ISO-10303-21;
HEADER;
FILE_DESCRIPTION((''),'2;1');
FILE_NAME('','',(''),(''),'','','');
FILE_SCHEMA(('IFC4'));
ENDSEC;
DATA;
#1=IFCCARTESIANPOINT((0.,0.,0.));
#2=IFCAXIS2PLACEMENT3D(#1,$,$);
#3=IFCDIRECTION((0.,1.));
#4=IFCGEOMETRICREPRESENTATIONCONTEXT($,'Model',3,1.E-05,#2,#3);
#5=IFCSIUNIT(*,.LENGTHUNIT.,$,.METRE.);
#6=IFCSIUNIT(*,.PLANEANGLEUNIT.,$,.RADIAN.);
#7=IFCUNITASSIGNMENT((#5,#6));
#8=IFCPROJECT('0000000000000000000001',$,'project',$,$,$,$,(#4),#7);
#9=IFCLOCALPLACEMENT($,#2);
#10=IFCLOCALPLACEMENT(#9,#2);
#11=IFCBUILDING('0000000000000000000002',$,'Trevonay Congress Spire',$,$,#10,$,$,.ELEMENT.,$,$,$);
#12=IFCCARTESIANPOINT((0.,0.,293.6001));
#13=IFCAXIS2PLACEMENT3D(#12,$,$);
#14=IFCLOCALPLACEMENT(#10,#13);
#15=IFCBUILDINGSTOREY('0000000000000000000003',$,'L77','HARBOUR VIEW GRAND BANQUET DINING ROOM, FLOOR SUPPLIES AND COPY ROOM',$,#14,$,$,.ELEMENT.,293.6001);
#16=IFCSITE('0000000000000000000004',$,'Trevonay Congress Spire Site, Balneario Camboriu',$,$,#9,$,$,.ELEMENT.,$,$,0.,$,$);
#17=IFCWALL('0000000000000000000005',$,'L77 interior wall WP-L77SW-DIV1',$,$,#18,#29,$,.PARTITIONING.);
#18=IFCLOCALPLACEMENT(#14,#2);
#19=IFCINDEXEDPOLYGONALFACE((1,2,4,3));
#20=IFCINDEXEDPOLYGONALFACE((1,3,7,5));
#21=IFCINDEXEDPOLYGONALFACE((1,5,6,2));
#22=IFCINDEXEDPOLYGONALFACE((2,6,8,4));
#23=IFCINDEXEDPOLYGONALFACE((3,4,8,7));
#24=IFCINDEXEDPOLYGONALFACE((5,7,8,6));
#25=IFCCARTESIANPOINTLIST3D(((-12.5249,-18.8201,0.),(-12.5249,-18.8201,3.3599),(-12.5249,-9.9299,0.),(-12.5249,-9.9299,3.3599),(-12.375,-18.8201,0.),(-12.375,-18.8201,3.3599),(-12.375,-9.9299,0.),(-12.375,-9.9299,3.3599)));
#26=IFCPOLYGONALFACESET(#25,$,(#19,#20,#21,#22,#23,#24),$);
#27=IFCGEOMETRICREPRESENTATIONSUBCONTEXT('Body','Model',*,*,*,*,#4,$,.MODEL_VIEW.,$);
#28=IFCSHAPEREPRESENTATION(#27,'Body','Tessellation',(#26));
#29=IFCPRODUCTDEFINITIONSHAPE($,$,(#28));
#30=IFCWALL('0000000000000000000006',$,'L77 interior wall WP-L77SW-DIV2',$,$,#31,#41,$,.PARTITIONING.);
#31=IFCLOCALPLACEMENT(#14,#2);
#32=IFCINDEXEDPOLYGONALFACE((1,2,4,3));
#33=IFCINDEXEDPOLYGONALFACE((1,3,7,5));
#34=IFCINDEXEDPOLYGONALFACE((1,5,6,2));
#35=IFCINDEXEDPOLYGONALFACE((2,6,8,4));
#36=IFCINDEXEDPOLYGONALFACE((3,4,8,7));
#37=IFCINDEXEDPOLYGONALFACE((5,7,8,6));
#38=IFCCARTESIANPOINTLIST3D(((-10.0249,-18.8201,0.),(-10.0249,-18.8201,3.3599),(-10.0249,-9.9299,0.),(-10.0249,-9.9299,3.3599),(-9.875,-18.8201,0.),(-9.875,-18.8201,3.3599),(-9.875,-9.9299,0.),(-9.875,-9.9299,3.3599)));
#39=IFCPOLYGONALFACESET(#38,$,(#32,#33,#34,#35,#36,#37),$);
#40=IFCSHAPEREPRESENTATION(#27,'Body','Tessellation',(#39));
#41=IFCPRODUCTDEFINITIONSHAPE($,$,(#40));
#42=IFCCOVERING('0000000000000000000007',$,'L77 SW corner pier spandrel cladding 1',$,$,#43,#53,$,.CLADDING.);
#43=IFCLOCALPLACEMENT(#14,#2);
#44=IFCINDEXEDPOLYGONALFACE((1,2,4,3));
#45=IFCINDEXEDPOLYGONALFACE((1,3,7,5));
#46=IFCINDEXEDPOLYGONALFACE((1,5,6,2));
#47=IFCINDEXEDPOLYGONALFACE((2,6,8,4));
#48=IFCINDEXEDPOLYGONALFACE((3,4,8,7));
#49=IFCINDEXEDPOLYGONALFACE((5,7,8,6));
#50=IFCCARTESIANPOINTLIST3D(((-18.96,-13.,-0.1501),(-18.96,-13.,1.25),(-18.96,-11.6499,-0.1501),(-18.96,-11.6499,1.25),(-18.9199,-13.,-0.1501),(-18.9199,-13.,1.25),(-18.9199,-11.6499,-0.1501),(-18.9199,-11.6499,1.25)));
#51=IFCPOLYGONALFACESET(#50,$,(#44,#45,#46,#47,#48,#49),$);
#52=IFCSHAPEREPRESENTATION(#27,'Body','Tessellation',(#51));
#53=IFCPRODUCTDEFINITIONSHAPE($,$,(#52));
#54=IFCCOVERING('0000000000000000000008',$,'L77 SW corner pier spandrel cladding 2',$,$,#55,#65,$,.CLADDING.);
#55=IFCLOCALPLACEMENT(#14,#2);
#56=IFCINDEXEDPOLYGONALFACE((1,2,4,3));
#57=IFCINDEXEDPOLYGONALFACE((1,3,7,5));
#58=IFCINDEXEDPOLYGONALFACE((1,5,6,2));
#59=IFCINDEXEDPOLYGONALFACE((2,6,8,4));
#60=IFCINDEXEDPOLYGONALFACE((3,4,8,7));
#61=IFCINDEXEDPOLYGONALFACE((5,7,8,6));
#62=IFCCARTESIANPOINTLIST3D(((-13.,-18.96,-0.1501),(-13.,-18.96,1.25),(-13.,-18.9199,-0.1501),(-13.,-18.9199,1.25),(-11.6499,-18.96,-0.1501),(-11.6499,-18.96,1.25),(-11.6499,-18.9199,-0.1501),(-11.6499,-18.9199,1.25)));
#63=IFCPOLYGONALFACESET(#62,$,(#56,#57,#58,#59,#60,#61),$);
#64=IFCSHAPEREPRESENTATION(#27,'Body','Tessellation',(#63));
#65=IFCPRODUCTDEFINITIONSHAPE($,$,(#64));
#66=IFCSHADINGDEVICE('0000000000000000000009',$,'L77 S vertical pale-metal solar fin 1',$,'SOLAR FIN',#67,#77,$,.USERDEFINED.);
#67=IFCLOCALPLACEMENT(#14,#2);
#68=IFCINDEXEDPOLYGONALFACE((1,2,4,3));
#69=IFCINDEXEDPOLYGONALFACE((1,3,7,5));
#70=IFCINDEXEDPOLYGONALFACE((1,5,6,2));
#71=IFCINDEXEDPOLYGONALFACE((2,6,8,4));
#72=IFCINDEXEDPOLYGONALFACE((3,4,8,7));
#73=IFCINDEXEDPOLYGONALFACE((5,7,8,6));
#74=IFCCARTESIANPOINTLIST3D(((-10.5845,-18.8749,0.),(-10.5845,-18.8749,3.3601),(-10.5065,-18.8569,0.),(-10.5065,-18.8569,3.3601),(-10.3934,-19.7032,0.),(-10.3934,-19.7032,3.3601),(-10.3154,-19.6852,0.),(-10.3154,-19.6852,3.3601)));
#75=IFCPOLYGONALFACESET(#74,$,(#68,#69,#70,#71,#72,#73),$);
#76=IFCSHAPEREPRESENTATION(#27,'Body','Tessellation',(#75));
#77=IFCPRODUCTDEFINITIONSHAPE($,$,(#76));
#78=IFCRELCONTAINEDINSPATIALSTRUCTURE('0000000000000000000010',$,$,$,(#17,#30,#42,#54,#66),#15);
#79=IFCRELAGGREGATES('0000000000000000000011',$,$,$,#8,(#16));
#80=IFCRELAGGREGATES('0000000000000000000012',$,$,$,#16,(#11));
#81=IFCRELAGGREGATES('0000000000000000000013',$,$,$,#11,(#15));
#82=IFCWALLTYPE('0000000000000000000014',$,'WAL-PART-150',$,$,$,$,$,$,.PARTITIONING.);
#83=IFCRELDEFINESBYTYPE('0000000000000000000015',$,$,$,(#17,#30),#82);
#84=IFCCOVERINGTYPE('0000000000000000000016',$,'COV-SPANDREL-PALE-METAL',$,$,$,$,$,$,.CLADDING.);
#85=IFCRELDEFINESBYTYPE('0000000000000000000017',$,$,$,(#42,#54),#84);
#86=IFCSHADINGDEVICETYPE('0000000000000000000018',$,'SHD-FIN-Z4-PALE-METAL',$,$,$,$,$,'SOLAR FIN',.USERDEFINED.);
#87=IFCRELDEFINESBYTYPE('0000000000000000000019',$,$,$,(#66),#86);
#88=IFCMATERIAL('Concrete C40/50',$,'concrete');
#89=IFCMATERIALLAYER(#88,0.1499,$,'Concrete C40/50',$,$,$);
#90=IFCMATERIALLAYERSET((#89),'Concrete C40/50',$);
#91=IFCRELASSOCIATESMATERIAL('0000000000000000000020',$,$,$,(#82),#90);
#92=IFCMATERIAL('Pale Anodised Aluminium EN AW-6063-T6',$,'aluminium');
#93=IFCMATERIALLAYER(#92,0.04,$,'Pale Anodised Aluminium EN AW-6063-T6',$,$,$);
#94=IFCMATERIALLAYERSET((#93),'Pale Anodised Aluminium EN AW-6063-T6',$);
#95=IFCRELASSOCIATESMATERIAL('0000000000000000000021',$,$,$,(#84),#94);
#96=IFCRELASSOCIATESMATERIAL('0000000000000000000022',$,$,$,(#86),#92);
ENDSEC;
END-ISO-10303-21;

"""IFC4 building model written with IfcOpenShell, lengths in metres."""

from ifc_helpers import new_model, si_unit, direction, frame, frame_2d, origin, origin_2d, place, context, subcontext, project, spatial, rectangle, extrude, material, layer, layer_set, type_object, element, save


model = new_model("IFC4")

# Units and contexts
model_context = context("Model", 3, precision=1e-05, world=origin(), true_north=direction((0.0, 1.0)))
body_context = subcontext(model_context, "Body", "Model", "MODEL_VIEW")
ifc_project = project(units=[si_unit("LENGTHUNIT", "METRE"), si_unit("PLANEANGLEUNIT", "RADIAN")], contexts=[model_context])

# Site, building, storey
site_placement = place(None, origin())
site = spatial("IfcSite", under=ifc_project, at=site_placement, Name="Trevonay Congress Spire Site, Balneario Camboriu", CompositionType="ELEMENT", RefElevation=0.0)
building_placement = place(site_placement, origin())
building = spatial("IfcBuilding", under=site, at=building_placement, Name="Trevonay Congress Spire", CompositionType="ELEMENT")
storey_placement = place(building_placement, frame((0.0, 0.0, 293.6001)))
storey = spatial("IfcBuildingStorey", under=building, at=storey_placement, Name="L77", Description="HARBOUR VIEW GRAND BANQUET DINING ROOM, FLOOR SUPPLIES AND COPY ROOM", CompositionType="ELEMENT", Elevation=293.6001)

# Shared definitions
ifc_material_1 = material(Name="Pale Anodised Aluminium EN AW-6063-T6", Category="aluminium")

# Walls
ifc_material_2 = material(Name="Concrete C40/50", Category="concrete")
ifc_layer_1 = layer(ifc_material_2, 0.1499, Name="Concrete C40/50")
ifc_layer_set_1 = layer_set([ifc_layer_1], Name="Concrete C40/50")
wall_type_1 = type_object("IfcWallType", Name="WAL-PART-150", PredefinedType="PARTITIONING", material=ifc_layer_set_1)
for number, where, z_axis, x_axis, name in (
    (1, (-12.45, -18.8201, 0.0), (0.0, 0.0, 1.0), (0.0, 1.0, 0.0), "L77 interior wall WP-L77SW-DIV1"),
    (2, (-9.95, -18.8201, 0.0), (0.0, 0.0, 1.0), (0.0, 1.0, 0.0), "L77 interior wall WP-L77SW-DIV2"),
):
    element("IfcWall", number, at=place(storey_placement, frame(where, z_axis=z_axis, x_axis=x_axis)), inside=storey, type_object=wall_type_1, Name=name, PredefinedType="PARTITIONING", context=body_context, shape_type="SweptSolid", body=[
        extrude(rectangle(XDim=8.8901, YDim=0.1499, at=frame_2d((4.4451, 0.0))), origin(), (0.0, 0.0, 1.0), 3.3599),
    ])

# Coverings
ifc_layer_2 = layer(ifc_material_1, 0.04, Name="Pale Anodised Aluminium EN AW-6063-T6")
ifc_layer_set_2 = layer_set([ifc_layer_2], Name="Pale Anodised Aluminium EN AW-6063-T6")
covering_type = type_object("IfcCoveringType", Name="COV-SPANDREL-PALE-METAL", PredefinedType="CLADDING", material=ifc_layer_set_2)
for number, where, z_axis, x_axis, name in (
    (3, (-18.9399, -11.6499, -0.1501), (0.0, 0.0, 1.0), (0.0, -1.0, 0.0), "L77 SW corner pier spandrel cladding 1"),
    (4, (-11.6499, -18.9399, -0.1501), (0.0, 0.0, 1.0), (-1.0, 0.0, 0.0), "L77 SW corner pier spandrel cladding 2"),
):
    element("IfcCovering", number, at=place(storey_placement, frame(where, z_axis=z_axis, x_axis=x_axis)), inside=storey, type_object=covering_type, Name=name, PredefinedType="CLADDING", context=body_context, shape_type="SweptSolid", body=[
        extrude(rectangle(XDim=1.3501, YDim=0.04, at=frame_2d((0.675, 0.0))), origin(), (0.0, 0.0, 1.0), 1.4001),
    ])

# Shading device
shading_device_type = type_object("IfcShadingDeviceType", Name="SHD-FIN-Z4-PALE-METAL", ElementType="SOLAR FIN", PredefinedType="USERDEFINED", material=ifc_material_1)
shading_device_placement = place(storey_placement, frame((-10.45, -19.28, 0.0), z_axis=(0.0, 0.0, 1.0), x_axis=(0.974409, 0.224781, 0.0)))
element("IfcShadingDevice", 5, at=shading_device_placement, inside=storey, type_object=shading_device_type, Name="L77 S vertical pale-metal solar fin 1", ObjectType="SOLAR FIN", PredefinedType="USERDEFINED", context=body_context, shape_type="SweptSolid", body=[
    extrude(rectangle(XDim=0.0801, YDim=0.8501, at=origin_2d()), origin(), (0.0, 0.0, 1.0), 3.3601),
])

save(model, "model.ifc")
